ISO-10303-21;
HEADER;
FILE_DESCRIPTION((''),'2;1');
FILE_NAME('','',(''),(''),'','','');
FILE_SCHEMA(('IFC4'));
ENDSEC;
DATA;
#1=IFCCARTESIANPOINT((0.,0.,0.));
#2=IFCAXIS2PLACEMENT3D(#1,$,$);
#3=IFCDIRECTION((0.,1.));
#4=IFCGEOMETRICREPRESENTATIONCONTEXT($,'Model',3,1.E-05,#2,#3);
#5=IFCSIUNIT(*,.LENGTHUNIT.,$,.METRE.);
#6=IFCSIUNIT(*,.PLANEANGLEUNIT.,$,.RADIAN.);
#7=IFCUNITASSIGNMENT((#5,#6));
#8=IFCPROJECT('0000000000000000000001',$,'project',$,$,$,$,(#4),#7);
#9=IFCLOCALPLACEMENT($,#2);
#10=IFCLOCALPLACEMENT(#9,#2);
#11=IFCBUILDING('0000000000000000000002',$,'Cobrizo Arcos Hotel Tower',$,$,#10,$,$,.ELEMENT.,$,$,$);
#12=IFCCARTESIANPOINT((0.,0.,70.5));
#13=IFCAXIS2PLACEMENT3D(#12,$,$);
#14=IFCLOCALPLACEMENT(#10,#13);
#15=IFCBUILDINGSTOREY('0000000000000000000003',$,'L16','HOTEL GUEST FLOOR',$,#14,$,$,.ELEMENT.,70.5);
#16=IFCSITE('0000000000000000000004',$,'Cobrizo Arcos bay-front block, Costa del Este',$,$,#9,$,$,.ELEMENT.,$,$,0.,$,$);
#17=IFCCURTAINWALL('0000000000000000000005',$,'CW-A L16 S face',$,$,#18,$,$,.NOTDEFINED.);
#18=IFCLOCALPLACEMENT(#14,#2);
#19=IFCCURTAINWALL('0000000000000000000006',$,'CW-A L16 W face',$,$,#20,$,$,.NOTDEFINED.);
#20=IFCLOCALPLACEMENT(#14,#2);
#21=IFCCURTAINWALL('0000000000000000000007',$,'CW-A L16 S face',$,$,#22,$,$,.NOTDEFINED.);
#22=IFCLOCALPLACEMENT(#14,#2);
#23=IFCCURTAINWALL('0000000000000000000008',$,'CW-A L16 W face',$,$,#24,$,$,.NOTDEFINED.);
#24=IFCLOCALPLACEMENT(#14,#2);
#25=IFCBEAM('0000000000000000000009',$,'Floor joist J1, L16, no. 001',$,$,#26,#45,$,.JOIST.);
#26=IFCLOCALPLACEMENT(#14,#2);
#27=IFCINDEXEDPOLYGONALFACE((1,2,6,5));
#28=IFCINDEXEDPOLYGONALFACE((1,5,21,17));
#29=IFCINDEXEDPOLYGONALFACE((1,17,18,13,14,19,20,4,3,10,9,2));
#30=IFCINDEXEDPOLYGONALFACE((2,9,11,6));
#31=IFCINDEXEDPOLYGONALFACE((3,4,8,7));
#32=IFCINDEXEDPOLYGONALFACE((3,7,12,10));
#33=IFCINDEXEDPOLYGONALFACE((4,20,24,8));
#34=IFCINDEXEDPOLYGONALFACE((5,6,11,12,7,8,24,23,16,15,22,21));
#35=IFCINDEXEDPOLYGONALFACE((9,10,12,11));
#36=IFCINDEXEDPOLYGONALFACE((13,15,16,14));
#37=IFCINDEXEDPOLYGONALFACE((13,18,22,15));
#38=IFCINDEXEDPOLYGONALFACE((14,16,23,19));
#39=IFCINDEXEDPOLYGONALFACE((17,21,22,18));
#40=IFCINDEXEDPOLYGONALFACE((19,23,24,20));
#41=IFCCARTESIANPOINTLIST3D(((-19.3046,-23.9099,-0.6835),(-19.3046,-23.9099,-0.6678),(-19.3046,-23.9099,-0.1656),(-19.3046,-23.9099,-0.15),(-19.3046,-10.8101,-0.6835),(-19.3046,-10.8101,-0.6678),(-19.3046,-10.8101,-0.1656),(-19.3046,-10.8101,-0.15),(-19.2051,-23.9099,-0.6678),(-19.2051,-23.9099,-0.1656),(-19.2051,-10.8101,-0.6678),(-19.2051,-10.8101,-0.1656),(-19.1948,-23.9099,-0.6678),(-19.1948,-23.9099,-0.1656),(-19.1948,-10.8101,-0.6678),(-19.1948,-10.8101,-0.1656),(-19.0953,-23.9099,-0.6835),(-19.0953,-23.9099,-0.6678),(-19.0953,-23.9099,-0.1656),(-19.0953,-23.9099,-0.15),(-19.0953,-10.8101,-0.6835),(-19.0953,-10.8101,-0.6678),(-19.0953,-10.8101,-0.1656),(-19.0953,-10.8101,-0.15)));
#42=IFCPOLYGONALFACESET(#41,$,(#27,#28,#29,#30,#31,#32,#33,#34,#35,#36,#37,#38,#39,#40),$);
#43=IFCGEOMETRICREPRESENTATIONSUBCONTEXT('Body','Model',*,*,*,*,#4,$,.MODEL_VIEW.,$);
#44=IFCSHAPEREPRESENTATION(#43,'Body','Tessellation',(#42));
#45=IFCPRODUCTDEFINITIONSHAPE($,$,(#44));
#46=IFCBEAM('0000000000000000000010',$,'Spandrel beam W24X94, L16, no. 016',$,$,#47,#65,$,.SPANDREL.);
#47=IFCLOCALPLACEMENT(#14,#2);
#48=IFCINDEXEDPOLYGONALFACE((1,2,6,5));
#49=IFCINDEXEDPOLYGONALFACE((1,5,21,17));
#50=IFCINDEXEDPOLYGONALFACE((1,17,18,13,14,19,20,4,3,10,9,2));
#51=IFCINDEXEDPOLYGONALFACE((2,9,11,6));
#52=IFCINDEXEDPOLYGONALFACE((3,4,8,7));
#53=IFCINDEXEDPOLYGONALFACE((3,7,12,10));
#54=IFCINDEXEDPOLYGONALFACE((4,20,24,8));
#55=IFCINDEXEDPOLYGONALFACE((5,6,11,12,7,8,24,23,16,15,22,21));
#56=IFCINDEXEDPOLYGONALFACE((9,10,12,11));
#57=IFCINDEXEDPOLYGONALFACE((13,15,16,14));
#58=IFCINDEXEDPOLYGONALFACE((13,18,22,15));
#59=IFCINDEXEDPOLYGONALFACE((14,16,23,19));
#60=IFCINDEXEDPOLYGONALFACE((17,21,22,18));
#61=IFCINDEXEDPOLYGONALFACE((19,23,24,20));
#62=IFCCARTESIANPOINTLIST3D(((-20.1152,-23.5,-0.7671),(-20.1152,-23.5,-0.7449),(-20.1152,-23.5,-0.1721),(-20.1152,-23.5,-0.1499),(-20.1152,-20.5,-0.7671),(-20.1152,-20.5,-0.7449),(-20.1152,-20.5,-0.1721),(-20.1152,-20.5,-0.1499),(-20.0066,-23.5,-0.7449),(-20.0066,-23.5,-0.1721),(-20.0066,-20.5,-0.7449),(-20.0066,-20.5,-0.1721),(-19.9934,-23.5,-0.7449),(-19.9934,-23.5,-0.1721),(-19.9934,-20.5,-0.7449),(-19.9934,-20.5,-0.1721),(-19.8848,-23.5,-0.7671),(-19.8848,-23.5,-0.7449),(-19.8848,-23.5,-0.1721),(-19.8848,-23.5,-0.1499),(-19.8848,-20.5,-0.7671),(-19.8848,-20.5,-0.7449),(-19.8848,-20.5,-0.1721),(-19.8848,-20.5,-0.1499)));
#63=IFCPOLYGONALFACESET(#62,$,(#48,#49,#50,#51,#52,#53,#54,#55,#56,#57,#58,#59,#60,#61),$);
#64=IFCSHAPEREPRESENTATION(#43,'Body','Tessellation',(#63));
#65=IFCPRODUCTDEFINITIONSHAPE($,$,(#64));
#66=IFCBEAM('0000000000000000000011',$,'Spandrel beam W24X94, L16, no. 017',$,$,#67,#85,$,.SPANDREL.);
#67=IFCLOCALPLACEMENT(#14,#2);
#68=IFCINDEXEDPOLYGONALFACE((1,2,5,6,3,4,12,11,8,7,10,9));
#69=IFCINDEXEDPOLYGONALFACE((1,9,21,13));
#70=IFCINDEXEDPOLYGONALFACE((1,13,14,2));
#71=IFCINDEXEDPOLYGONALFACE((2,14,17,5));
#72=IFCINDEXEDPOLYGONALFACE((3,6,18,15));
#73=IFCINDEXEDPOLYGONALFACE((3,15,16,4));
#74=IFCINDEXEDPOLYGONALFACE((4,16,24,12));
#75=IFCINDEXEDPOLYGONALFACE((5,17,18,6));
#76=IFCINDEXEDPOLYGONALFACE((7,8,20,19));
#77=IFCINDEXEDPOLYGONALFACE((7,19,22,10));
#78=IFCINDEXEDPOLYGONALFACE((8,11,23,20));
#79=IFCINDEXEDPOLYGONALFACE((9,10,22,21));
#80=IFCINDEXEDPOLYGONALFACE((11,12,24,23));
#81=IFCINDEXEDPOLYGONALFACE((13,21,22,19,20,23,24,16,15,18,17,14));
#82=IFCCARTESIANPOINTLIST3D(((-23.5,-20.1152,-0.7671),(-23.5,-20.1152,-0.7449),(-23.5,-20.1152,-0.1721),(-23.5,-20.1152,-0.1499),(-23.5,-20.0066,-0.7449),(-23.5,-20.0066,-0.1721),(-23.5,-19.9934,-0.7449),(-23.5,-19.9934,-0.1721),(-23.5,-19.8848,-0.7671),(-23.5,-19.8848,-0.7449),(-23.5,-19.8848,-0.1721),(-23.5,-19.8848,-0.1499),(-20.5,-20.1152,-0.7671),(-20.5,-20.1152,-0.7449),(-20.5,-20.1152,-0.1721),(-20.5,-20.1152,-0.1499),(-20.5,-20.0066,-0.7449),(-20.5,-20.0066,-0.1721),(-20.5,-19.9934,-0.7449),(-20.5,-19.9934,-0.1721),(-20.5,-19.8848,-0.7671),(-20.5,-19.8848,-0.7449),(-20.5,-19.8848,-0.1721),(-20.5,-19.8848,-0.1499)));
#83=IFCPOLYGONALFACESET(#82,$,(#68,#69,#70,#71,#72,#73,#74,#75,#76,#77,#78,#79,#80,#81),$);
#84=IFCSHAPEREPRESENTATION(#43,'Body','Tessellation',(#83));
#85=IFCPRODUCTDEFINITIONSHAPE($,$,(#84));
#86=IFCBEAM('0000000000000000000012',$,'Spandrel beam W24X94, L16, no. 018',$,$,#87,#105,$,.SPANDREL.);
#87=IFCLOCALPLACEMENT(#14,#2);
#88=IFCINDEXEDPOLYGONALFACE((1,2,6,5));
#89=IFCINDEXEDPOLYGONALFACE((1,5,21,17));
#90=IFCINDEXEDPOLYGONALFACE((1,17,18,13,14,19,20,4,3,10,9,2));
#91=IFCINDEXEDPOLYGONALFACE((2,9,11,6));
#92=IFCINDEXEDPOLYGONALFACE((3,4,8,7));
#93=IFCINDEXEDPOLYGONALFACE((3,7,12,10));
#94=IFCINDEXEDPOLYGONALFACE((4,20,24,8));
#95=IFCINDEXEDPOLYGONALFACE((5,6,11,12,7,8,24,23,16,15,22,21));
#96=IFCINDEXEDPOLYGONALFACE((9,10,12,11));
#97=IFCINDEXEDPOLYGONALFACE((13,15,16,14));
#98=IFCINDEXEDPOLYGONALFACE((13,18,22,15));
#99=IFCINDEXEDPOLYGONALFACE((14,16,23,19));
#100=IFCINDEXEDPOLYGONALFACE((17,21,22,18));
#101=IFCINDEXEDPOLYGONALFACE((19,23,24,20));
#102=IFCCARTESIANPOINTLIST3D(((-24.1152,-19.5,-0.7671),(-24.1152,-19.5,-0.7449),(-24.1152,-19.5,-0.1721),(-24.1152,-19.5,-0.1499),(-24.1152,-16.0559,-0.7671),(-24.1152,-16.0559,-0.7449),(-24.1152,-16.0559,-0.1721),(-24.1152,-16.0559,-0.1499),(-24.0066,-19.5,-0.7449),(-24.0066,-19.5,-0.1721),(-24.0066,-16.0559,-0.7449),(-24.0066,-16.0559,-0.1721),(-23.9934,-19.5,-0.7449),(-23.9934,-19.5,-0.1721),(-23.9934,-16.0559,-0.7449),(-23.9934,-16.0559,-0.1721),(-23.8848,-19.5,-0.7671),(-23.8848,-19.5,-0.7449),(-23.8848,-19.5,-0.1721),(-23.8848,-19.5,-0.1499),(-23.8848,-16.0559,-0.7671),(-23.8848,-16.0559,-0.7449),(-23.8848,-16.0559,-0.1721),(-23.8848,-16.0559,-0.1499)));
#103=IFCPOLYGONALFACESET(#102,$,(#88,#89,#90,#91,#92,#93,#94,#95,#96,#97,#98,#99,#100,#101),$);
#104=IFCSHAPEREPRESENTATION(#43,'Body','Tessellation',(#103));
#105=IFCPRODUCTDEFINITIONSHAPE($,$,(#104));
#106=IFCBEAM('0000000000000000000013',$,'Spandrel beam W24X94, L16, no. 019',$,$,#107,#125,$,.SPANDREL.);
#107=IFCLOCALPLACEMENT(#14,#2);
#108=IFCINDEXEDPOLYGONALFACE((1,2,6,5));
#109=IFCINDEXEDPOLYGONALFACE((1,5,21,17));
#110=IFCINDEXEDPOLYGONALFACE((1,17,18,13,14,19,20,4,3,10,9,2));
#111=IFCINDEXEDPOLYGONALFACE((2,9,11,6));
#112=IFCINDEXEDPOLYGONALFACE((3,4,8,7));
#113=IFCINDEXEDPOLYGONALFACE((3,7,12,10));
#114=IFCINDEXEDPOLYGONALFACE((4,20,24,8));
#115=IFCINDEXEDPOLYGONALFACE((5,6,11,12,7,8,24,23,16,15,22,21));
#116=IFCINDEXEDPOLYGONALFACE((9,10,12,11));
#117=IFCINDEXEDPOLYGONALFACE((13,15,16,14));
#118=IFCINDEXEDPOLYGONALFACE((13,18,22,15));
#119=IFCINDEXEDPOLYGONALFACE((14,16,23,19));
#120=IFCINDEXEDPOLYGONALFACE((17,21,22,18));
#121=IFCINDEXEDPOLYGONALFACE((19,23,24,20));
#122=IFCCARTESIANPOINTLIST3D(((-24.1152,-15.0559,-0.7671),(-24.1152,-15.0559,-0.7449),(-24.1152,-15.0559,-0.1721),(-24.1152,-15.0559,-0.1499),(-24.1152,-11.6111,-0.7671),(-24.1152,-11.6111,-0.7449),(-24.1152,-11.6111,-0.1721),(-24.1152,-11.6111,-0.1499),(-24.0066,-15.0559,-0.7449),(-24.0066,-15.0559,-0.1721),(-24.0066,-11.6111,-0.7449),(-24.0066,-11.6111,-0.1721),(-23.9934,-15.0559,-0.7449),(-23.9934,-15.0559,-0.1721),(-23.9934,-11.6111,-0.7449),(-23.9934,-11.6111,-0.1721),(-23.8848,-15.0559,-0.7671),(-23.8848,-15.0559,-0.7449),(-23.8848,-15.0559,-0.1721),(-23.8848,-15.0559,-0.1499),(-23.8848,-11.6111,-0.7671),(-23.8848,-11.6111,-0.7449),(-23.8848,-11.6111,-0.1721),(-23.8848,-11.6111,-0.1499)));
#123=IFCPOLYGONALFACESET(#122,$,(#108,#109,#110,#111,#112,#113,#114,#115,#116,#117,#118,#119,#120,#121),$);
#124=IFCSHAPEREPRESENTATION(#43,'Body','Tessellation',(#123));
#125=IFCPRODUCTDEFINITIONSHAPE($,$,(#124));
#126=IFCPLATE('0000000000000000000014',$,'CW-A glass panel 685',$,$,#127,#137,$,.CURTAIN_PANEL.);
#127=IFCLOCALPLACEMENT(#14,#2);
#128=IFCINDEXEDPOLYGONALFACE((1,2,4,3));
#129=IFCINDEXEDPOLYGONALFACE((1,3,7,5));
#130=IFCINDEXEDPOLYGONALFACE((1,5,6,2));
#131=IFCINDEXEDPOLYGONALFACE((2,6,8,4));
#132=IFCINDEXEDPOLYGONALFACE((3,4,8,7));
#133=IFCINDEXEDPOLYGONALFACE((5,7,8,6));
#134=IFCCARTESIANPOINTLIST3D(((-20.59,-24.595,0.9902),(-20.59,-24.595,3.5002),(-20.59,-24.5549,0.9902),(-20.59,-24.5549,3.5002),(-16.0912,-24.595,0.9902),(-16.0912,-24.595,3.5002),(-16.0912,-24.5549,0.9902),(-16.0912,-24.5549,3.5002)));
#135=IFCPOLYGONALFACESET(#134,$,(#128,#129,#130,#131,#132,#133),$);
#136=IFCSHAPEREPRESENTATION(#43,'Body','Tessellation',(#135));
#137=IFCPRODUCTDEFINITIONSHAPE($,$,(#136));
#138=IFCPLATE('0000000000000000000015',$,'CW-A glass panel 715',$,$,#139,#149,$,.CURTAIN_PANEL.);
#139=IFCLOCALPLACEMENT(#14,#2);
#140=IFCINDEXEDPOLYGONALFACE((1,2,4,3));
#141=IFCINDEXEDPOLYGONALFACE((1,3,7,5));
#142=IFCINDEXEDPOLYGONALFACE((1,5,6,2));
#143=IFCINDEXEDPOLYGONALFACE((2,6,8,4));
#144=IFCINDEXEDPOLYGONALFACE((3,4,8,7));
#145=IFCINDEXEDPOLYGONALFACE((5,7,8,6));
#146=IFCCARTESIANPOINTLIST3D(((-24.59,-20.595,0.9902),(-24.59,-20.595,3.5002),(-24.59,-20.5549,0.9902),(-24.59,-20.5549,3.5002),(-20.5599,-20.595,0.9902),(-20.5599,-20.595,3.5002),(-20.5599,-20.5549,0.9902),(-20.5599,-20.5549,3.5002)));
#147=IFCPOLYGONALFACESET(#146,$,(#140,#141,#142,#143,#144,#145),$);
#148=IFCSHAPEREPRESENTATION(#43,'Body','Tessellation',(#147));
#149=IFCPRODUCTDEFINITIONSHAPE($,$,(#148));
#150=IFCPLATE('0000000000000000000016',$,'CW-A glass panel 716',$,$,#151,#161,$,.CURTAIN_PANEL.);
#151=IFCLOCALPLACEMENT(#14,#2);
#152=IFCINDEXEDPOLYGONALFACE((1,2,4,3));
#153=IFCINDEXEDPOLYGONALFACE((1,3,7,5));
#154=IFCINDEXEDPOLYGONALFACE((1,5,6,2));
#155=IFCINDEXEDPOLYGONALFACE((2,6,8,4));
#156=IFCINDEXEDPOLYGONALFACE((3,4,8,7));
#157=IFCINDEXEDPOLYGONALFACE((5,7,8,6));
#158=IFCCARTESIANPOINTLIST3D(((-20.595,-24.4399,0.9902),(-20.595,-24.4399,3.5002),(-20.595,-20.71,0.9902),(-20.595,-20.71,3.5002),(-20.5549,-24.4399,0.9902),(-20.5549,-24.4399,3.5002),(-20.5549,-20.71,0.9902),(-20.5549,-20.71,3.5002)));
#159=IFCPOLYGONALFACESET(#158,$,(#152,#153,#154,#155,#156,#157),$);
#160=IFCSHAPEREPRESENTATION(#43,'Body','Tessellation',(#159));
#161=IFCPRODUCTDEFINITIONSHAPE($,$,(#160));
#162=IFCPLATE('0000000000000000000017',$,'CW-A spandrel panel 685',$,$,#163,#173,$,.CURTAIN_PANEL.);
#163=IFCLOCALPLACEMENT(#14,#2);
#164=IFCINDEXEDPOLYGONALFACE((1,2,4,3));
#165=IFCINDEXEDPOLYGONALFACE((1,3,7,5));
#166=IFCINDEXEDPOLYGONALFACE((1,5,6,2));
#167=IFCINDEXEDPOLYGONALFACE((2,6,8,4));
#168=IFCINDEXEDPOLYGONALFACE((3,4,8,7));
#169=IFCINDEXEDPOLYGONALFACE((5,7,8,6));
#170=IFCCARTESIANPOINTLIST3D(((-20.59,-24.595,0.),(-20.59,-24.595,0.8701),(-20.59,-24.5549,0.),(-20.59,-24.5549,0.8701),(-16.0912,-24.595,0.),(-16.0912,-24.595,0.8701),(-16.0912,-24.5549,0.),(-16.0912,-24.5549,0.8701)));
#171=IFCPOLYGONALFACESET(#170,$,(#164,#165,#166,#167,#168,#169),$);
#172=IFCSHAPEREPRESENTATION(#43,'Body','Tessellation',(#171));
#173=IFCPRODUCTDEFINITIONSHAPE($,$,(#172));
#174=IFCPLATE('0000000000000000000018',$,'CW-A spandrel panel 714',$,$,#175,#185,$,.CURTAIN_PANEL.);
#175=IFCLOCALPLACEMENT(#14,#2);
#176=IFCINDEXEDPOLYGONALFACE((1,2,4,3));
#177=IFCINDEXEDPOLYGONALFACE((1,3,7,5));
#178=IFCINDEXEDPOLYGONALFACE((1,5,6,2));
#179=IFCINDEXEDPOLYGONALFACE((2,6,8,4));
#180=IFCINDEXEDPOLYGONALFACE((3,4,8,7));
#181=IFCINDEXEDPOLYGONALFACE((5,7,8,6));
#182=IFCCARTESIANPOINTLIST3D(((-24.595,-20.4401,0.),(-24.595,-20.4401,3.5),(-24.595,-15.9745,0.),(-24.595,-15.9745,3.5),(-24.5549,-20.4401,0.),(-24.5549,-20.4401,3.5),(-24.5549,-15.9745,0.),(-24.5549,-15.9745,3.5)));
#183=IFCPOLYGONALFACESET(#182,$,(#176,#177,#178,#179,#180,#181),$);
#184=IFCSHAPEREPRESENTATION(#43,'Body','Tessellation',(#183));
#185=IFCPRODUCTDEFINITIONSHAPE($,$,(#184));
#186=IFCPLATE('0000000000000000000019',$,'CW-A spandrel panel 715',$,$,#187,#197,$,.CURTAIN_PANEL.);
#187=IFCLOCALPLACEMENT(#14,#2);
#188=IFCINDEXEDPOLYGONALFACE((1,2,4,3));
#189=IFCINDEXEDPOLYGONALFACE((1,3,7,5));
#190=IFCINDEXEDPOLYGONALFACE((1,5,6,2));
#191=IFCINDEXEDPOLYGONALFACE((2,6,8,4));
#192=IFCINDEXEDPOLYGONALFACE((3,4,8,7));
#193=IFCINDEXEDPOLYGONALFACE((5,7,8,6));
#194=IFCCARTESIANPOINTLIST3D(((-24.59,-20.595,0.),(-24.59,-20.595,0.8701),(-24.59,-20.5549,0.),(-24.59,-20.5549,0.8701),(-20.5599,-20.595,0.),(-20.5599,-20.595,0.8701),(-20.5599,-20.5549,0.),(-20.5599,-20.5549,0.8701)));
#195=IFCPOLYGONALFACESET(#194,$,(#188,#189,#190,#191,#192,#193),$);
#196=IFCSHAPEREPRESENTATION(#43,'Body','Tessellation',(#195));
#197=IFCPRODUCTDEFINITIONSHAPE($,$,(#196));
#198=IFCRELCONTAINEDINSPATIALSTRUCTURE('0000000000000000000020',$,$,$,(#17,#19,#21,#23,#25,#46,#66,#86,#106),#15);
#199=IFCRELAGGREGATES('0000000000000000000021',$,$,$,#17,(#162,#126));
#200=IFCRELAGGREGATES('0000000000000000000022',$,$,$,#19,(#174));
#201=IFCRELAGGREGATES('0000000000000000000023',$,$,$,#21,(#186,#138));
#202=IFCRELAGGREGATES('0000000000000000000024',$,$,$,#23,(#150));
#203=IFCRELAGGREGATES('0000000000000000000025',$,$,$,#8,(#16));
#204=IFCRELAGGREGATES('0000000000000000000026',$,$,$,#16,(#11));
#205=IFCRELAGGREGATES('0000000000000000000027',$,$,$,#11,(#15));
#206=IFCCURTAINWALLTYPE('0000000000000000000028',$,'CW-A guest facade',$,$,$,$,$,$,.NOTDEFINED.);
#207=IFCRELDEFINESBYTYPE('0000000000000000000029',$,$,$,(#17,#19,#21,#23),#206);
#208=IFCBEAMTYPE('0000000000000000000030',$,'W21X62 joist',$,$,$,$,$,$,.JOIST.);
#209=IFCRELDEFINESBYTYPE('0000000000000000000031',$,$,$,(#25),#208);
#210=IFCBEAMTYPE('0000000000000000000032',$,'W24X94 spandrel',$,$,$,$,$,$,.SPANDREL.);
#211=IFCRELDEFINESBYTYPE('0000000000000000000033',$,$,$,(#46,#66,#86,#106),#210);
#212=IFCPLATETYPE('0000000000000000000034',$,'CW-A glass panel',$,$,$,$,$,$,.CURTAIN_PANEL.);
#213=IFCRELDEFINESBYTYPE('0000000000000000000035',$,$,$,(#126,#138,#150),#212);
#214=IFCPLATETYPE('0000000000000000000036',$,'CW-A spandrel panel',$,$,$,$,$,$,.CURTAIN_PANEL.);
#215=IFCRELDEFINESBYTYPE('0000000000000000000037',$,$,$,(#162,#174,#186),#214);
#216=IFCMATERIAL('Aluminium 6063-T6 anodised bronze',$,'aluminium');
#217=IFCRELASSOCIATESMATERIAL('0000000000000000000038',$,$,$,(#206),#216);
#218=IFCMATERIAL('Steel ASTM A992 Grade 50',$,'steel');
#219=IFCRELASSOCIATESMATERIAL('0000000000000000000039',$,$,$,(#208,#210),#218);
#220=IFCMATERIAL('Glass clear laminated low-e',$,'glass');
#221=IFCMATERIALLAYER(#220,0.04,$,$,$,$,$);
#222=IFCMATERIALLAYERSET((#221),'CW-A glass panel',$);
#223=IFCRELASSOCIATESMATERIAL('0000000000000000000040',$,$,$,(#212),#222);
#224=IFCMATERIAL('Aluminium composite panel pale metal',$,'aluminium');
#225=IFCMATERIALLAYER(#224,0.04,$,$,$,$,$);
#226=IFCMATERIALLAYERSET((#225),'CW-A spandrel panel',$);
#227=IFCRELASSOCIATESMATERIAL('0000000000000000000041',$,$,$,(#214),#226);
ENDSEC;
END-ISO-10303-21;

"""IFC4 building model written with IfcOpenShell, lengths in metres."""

from ifc_helpers import new_model, si_unit, direction, frame, origin, origin_2d, place, context, subcontext, project, spatial, rectangle, i_section, extrude, material, layer, layer_set, material_profile, profile_set, type_object, element, aggregate, save


model = new_model("IFC4")

# Units and contexts
model_context = context("Model", 3, precision=1e-05, world=origin(), true_north=direction((0.0, 1.0)))
body_context = subcontext(model_context, "Body", "Model", "MODEL_VIEW")
ifc_project = project(units=[si_unit("LENGTHUNIT", "METRE"), si_unit("PLANEANGLEUNIT", "RADIAN")], contexts=[model_context])

# Site, building, storey
site_placement = place(None, origin())
site = spatial("IfcSite", under=ifc_project, at=site_placement, Name="Cobrizo Arcos bay-front block, Costa del Este", CompositionType="ELEMENT", RefElevation=0.0)
building_placement = place(site_placement, origin())
building = spatial("IfcBuilding", under=site, at=building_placement, Name="Cobrizo Arcos Hotel Tower", CompositionType="ELEMENT")
storey_placement = place(building_placement, frame((0.0, 0.0, 70.5)))
storey = spatial("IfcBuildingStorey", under=building, at=storey_placement, Name="L16", Description="HOTEL GUEST FLOOR", CompositionType="ELEMENT", Elevation=70.5)

# Curtain wall
ifc_material_1 = material(Name="Aluminium 6063-T6 anodised bronze", Category="aluminium")
curtain_wall_type = type_object("IfcCurtainWallType", Name="CW-A guest facade", PredefinedType="NOTDEFINED", material=ifc_material_1)
curtain_wall_1_placement = place(storey_placement, origin())
curtain_wall_1 = element("IfcCurtainWall", 1, at=curtain_wall_1_placement, inside=storey, type_object=curtain_wall_type, Name="CW-A L16 S face", PredefinedType="NOTDEFINED")

# Curtain walls
curtain_wall_2_placement = place(storey_placement, origin())
curtain_wall_2 = element("IfcCurtainWall", 2, at=curtain_wall_2_placement, inside=storey, type_object=curtain_wall_type, Name="CW-A L16 W face", PredefinedType="NOTDEFINED")
curtain_wall_3_placement = place(storey_placement, origin())
curtain_wall_3 = element("IfcCurtainWall", 3, at=curtain_wall_3_placement, inside=storey, type_object=curtain_wall_type, Name="CW-A L16 S face", PredefinedType="NOTDEFINED")
curtain_wall_4_placement = place(storey_placement, origin())
curtain_wall_4 = element("IfcCurtainWall", 4, at=curtain_wall_4_placement, inside=storey, type_object=curtain_wall_type, Name="CW-A L16 W face", PredefinedType="NOTDEFINED")

# Beams
ifc_material_2 = material(Name="Steel ASTM A992 Grade 50", Category="steel")
ifc_material_profile_1 = material_profile(ifc_material_2, i_section(OverallWidth=0.2092, OverallDepth=0.5334, WebThickness=0.0103, FlangeThickness=0.0156, at=origin_2d()), Name="W21X62")
ifc_profile_set_1 = profile_set([ifc_material_profile_1], Name="Steel ASTM A992 Grade 50")
beam_type_1 = type_object("IfcBeamType", Name="W21X62 joist", PredefinedType="JOIST", material=ifc_profile_set_1)
beam_1_placement = place(storey_placement, frame((-19.2, -23.9099, -0.4167), z_axis=(0.0, 1.0, 0.0), x_axis=(-1.0, 0.0, 0.0)))
element("IfcBeam", 5, at=beam_1_placement, inside=storey, type_object=beam_type_1, Name="Floor joist J1, L16, no. 001", PredefinedType="JOIST", context=body_context, shape_type="SweptSolid", body=[
    extrude(i_section(OverallWidth=0.2092, OverallDepth=0.5334, WebThickness=0.0103, FlangeThickness=0.0156, at=origin_2d()), origin(), (0.0, 0.0, 1.0), 13.0999),
])
ifc_material_profile_2 = material_profile(ifc_material_2, i_section(OverallWidth=0.2305, OverallDepth=0.6172, WebThickness=0.0132, FlangeThickness=0.0222, at=origin_2d()), Name="W24X94")
ifc_profile_set_2 = profile_set([ifc_material_profile_2], Name="Steel ASTM A992 Grade 50")
beam_type_2 = type_object("IfcBeamType", Name="W24X94 spandrel", PredefinedType="SPANDREL", material=ifc_profile_set_2)
for number, where, z_axis, x_axis, name in (
    (6, (-20.0, -23.5, -0.4585), (0.0, 1.0, 0.0), (-1.0, 0.0, 0.0), "Spandrel beam W24X94, L16, no. 016"),
    (7, (-20.5, -20.0, -0.4585), (-1.0, 0.0, 0.0), (0.0, -1.0, 0.0), "Spandrel beam W24X94, L16, no. 017"),
):
    element("IfcBeam", number, at=place(storey_placement, frame(where, z_axis=z_axis, x_axis=x_axis)), inside=storey, type_object=beam_type_2, Name=name, PredefinedType="SPANDREL", context=body_context, shape_type="SweptSolid", body=[
        extrude(i_section(OverallWidth=0.2305, OverallDepth=0.6172, WebThickness=0.0132, FlangeThickness=0.0222, at=origin_2d()), origin(), (0.0, 0.0, 1.0), 3.0),
    ])
beam_2_placement = place(storey_placement, frame((-24.0, -19.5, -0.4585), z_axis=(0.0, 1.0, 0.0), x_axis=(-1.0, 0.0, 0.0)))
element("IfcBeam", 8, at=beam_2_placement, inside=storey, type_object=beam_type_2, Name="Spandrel beam W24X94, L16, no. 018", PredefinedType="SPANDREL", context=body_context, shape_type="SweptSolid", body=[
    extrude(i_section(OverallWidth=0.2305, OverallDepth=0.6172, WebThickness=0.0132, FlangeThickness=0.0222, at=origin_2d()), origin(), (0.0, 0.0, 1.0), 3.4441),
])
beam_3_placement = place(storey_placement, frame((-24.0, -15.0559, -0.4585), z_axis=(0.0, 1.0, 0.0), x_axis=(-1.0, 0.0, 0.0)))
element("IfcBeam", 9, at=beam_3_placement, inside=storey, type_object=beam_type_2, Name="Spandrel beam W24X94, L16, no. 019", PredefinedType="SPANDREL", context=body_context, shape_type="SweptSolid", body=[
    extrude(i_section(OverallWidth=0.2305, OverallDepth=0.6172, WebThickness=0.0132, FlangeThickness=0.0222, at=origin_2d()), origin(), (0.0, 0.0, 1.0), 3.4448),
])

# Plates
ifc_material_3 = material(Name="Glass clear laminated low-e", Category="glass")
ifc_layer_1 = layer(ifc_material_3, 0.04)
ifc_layer_set_1 = layer_set([ifc_layer_1], Name="CW-A glass panel")
plate_type_1 = type_object("IfcPlateType", Name="CW-A glass panel", PredefinedType="CURTAIN_PANEL", material=ifc_layer_set_1)
plate_1_placement = place(storey_placement, frame((-18.3406, -24.575, 0.9902), z_axis=(0.0, 0.0, 1.0), x_axis=(1.0, 0.0, 0.0)))
plate_1 = element("IfcPlate", 10, at=plate_1_placement, type_object=plate_type_1, Name="CW-A glass panel 685", PredefinedType="CURTAIN_PANEL", context=body_context, shape_type="SweptSolid", body=[
    extrude(rectangle(XDim=4.4988, YDim=0.04, at=origin_2d()), origin(), (0.0, 0.0, 1.0), 2.51),
])
plate_2_placement = place(storey_placement, frame((-22.575, -20.575, 0.9902), z_axis=(0.0, 0.0, 1.0), x_axis=(1.0, 0.0, 0.0)))
plate_2 = element("IfcPlate", 11, at=plate_2_placement, type_object=plate_type_1, Name="CW-A glass panel 715", PredefinedType="CURTAIN_PANEL", context=body_context, shape_type="SweptSolid", body=[
    extrude(rectangle(XDim=4.03, YDim=0.04, at=origin_2d()), origin(), (0.0, 0.0, 1.0), 2.51),
])
plate_3_placement = place(storey_placement, frame((-20.575, -22.575, 0.9902), z_axis=(0.0, 0.0, 1.0), x_axis=(0.0, -1.0, 0.0)))
plate_3 = element("IfcPlate", 12, at=plate_3_placement, type_object=plate_type_1, Name="CW-A glass panel 716", PredefinedType="CURTAIN_PANEL", context=body_context, shape_type="SweptSolid", body=[
    extrude(rectangle(XDim=3.73, YDim=0.04, at=origin_2d()), origin(), (0.0, 0.0, 1.0), 2.51),
])
ifc_material_4 = material(Name="Aluminium composite panel pale metal", Category="aluminium")
ifc_layer_2 = layer(ifc_material_4, 0.04)
ifc_layer_set_2 = layer_set([ifc_layer_2], Name="CW-A spandrel panel")
plate_type_2 = type_object("IfcPlateType", Name="CW-A spandrel panel", PredefinedType="CURTAIN_PANEL", material=ifc_layer_set_2)
plate_4_placement = place(storey_placement, frame((-18.3406, -24.575, 0.0), z_axis=(0.0, 0.0, 1.0), x_axis=(1.0, 0.0, 0.0)))
plate_4 = element("IfcPlate", 13, at=plate_4_placement, type_object=plate_type_2, Name="CW-A spandrel panel 685", PredefinedType="CURTAIN_PANEL", context=body_context, shape_type="SweptSolid", body=[
    extrude(rectangle(XDim=4.4988, YDim=0.04, at=origin_2d()), origin(), (0.0, 0.0, 1.0), 0.8701),
])
aggregate(curtain_wall_1, [plate_4, plate_1])
plate_5_placement = place(storey_placement, frame((-24.575, -18.2073, 0.0), z_axis=(0.0, 0.0, 1.0), x_axis=(0.0, -1.0, 0.0)))
plate_5 = element("IfcPlate", 14, at=plate_5_placement, type_object=plate_type_2, Name="CW-A spandrel panel 714", PredefinedType="CURTAIN_PANEL", context=body_context, shape_type="SweptSolid", body=[
    extrude(rectangle(XDim=4.4656, YDim=0.04, at=origin_2d()), origin(), (0.0, 0.0, 1.0), 3.5),
])
aggregate(curtain_wall_2, [plate_5])
plate_6_placement = place(storey_placement, frame((-22.575, -20.575, 0.0), z_axis=(0.0, 0.0, 1.0), x_axis=(1.0, 0.0, 0.0)))
plate_6 = element("IfcPlate", 15, at=plate_6_placement, type_object=plate_type_2, Name="CW-A spandrel panel 715", PredefinedType="CURTAIN_PANEL", context=body_context, shape_type="SweptSolid", body=[
    extrude(rectangle(XDim=4.03, YDim=0.04, at=origin_2d()), origin(), (0.0, 0.0, 1.0), 0.8701),
])
aggregate(curtain_wall_3, [plate_6, plate_2])
aggregate(curtain_wall_4, [plate_3])

save(model, "model.ifc")
